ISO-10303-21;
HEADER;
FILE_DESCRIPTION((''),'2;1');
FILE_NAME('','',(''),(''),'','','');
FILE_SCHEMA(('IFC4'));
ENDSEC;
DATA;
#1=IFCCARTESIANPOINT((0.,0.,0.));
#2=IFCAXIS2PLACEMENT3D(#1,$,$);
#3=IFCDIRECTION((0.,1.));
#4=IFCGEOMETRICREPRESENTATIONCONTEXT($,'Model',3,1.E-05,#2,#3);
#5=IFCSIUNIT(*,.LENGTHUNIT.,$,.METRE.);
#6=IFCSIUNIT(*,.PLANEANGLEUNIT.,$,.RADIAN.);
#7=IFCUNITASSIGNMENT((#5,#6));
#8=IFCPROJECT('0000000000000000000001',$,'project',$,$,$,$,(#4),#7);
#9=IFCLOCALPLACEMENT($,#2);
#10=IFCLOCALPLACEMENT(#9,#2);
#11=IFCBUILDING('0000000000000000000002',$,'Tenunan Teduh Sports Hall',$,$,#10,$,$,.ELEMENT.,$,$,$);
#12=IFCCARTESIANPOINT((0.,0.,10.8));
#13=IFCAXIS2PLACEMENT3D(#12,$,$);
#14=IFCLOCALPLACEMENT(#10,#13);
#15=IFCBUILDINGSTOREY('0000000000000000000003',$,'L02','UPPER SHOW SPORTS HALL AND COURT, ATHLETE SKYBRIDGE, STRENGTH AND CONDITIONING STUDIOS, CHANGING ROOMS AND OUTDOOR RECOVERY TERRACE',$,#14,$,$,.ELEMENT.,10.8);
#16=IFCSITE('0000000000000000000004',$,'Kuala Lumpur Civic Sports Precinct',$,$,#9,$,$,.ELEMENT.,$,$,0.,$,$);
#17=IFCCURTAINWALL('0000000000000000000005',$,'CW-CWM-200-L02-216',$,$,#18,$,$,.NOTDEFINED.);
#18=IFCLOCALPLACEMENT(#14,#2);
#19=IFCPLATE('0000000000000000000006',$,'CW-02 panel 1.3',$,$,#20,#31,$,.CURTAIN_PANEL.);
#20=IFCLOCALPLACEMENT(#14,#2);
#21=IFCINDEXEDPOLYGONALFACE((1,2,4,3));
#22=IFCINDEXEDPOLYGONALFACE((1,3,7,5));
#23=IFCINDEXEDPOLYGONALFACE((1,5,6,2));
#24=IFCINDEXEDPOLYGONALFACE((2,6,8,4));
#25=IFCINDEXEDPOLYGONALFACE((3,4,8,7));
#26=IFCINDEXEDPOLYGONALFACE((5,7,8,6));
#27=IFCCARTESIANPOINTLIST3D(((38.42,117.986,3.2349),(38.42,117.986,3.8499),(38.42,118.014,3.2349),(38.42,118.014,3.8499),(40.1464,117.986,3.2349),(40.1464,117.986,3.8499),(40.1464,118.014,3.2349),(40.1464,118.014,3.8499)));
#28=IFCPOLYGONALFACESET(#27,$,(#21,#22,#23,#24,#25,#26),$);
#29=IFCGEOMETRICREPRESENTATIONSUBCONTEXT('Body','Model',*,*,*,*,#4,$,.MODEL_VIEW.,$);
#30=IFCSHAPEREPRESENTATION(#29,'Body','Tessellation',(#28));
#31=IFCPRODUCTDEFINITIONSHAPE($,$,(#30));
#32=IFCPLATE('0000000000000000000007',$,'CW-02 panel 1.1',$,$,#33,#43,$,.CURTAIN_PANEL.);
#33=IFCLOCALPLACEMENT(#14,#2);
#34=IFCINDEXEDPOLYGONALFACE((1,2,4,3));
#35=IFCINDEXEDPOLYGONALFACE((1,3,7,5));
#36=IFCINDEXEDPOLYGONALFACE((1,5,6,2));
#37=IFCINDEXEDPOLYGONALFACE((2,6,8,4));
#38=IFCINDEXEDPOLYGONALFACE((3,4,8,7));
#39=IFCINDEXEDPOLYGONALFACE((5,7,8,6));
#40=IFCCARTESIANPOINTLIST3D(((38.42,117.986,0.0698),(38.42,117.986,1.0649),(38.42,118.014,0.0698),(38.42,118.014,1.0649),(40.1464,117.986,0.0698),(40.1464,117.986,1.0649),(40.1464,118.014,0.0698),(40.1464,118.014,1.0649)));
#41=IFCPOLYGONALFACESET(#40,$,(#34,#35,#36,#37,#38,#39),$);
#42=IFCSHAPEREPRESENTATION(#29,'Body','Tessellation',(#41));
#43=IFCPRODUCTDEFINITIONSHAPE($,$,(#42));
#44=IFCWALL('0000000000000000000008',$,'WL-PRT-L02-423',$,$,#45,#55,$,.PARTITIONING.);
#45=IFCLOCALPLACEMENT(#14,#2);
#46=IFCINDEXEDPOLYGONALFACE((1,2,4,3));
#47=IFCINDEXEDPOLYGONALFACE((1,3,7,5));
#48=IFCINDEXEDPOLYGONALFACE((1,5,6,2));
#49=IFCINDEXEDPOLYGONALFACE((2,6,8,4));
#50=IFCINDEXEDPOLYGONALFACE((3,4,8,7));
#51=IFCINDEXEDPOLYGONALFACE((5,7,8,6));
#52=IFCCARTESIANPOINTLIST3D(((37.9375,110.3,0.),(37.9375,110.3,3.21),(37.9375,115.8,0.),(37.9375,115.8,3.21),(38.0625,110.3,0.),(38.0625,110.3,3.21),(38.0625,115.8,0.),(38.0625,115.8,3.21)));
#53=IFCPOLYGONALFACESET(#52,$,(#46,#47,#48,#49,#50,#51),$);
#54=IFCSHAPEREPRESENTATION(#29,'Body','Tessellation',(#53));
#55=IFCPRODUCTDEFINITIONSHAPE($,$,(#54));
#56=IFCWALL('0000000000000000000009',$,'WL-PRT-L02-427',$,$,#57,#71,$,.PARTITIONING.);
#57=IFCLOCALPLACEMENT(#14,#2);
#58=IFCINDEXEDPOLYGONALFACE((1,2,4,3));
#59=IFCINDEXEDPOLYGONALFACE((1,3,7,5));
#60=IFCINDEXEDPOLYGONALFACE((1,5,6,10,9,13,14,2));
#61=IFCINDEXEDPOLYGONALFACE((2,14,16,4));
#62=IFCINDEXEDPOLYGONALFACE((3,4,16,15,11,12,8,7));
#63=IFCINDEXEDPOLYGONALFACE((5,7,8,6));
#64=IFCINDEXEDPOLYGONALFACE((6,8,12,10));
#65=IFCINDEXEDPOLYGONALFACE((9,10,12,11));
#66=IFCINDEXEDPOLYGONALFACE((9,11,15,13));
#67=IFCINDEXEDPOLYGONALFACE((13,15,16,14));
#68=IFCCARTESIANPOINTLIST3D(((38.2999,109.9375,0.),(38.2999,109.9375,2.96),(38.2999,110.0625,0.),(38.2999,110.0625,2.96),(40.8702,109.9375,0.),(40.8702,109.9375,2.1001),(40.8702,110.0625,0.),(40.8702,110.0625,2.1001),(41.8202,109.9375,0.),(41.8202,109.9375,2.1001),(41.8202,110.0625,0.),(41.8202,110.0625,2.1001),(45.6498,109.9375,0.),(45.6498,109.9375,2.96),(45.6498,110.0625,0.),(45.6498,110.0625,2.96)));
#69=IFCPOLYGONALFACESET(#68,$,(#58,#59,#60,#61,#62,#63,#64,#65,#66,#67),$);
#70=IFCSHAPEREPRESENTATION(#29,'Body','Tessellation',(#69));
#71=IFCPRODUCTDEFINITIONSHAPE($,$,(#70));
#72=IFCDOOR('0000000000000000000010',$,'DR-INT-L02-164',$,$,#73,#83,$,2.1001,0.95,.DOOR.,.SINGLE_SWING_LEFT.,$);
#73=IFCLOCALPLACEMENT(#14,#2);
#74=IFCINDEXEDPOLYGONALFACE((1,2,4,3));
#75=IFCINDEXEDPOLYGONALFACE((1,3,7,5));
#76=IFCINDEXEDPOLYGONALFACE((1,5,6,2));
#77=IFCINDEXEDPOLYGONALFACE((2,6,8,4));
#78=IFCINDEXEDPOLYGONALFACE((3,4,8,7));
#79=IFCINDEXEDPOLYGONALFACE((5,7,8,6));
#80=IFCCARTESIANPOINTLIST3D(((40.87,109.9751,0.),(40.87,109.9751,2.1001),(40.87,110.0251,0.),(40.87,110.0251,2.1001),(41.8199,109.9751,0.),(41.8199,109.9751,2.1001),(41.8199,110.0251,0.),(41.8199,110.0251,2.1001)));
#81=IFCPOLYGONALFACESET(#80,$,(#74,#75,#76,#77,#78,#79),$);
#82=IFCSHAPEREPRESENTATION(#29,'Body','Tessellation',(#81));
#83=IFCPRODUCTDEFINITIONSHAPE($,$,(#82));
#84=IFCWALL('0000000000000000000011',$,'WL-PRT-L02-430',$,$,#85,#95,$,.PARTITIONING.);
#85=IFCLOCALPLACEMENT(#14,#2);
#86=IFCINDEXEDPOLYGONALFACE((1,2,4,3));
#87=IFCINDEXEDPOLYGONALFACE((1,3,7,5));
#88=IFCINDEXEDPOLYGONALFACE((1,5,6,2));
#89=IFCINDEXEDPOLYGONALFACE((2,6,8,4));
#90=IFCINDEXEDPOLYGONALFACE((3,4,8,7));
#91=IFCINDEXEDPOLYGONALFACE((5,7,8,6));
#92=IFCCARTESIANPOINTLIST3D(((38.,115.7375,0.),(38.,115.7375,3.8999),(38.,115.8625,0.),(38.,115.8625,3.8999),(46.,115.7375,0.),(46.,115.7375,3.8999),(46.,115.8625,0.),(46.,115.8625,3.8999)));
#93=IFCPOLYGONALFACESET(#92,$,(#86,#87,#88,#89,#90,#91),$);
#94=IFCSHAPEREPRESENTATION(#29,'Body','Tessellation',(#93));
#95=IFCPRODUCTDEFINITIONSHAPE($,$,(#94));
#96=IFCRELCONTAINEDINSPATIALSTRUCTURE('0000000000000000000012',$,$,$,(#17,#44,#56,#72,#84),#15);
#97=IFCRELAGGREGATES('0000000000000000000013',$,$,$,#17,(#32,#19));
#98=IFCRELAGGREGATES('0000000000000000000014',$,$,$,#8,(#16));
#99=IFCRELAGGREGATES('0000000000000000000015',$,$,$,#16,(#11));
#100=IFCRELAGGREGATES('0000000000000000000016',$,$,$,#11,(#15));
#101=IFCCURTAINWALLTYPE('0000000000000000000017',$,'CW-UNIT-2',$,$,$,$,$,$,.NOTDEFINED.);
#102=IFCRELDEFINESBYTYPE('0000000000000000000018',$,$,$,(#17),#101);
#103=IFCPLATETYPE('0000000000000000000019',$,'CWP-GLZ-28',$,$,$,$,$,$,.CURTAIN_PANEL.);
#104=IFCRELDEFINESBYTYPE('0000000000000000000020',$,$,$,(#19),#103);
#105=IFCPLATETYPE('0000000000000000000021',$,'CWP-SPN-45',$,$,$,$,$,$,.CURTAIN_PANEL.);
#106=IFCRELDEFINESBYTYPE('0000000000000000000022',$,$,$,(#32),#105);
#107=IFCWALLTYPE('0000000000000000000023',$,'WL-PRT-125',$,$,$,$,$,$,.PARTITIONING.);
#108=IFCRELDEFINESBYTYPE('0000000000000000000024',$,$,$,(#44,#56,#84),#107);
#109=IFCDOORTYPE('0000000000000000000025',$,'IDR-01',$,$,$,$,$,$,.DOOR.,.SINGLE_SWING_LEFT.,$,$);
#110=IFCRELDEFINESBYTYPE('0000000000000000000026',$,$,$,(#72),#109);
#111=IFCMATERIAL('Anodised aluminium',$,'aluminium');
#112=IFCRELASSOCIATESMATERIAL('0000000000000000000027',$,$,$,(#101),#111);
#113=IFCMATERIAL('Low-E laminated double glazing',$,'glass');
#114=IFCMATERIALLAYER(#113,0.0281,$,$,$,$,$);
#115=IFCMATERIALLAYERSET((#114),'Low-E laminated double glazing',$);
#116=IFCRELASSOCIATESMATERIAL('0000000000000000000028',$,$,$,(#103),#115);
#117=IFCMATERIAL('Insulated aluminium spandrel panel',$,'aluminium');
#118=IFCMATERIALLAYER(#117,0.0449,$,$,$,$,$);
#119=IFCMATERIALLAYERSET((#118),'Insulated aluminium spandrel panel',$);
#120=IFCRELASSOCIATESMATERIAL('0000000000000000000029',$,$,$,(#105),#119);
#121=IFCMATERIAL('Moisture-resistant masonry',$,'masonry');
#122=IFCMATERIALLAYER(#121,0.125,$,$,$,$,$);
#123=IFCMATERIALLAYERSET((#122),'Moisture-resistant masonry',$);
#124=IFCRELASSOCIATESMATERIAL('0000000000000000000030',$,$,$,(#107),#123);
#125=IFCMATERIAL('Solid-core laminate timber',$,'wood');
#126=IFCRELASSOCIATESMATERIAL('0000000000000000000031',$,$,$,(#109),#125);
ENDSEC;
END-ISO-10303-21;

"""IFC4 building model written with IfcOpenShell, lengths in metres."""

from ifc_helpers import new_model, si_unit, direction, frame, frame_2d, origin, origin_2d, place, context, subcontext, project, spatial, rectangle, extrude, material, layer, layer_set, type_object, element, fill, aggregate, save


model = new_model("IFC4")

# Units and contexts
model_context = context("Model", 3, precision=1e-05, world=origin(), true_north=direction((0.0, 1.0)))
body_context = subcontext(model_context, "Body", "Model", "MODEL_VIEW")
ifc_project = project(units=[si_unit("LENGTHUNIT", "METRE"), si_unit("PLANEANGLEUNIT", "RADIAN")], contexts=[model_context])

# Site, building, storey
site_placement = place(None, origin())
site = spatial("IfcSite", under=ifc_project, at=site_placement, Name="Kuala Lumpur Civic Sports Precinct", CompositionType="ELEMENT", RefElevation=0.0)
building_placement = place(site_placement, origin())
building = spatial("IfcBuilding", under=site, at=building_placement, Name="Tenunan Teduh Sports Hall", CompositionType="ELEMENT")
storey_placement = place(building_placement, frame((0.0, 0.0, 10.8)))
storey = spatial("IfcBuildingStorey", under=building, at=storey_placement, Name="L02", Description="UPPER SHOW SPORTS HALL AND COURT, ATHLETE SKYBRIDGE, STRENGTH AND CONDITIONING STUDIOS, CHANGING ROOMS AND OUTDOOR RECOVERY TERRACE", CompositionType="ELEMENT", Elevation=10.8)

# Curtain wall
ifc_material_1 = material(Name="Anodised aluminium", Category="aluminium")
curtain_wall_type = type_object("IfcCurtainWallType", Name="CW-UNIT-2", PredefinedType="NOTDEFINED", material=ifc_material_1)
curtain_wall_placement = place(storey_placement, origin())
curtain_wall = element("IfcCurtainWall", 1, at=curtain_wall_placement, inside=storey, type_object=curtain_wall_type, Name="CW-CWM-200-L02-216", PredefinedType="NOTDEFINED")

# Plates
ifc_material_2 = material(Name="Low-E laminated double glazing", Category="glass")
ifc_layer_1 = layer(ifc_material_2, 0.0281)
ifc_layer_set_1 = layer_set([ifc_layer_1], Name="Low-E laminated double glazing")
plate_type_1 = type_object("IfcPlateType", Name="CWP-GLZ-28", PredefinedType="CURTAIN_PANEL", material=ifc_layer_set_1)
plate_1_placement = place(storey_placement, frame((39.2832, 118.0, 3.2349), z_axis=(0.0, 0.0, 1.0), x_axis=(1.0, 0.0, 0.0)))
plate_1 = element("IfcPlate", 2, at=plate_1_placement, type_object=plate_type_1, Name="CW-02 panel 1.3", PredefinedType="CURTAIN_PANEL", context=body_context, shape_type="SweptSolid", body=[
    extrude(rectangle(XDim=1.7263, YDim=0.0281, at=origin_2d()), origin(), (0.0, 0.0, 1.0), 0.615),
])
ifc_material_3 = material(Name="Insulated aluminium spandrel panel", Category="aluminium")
ifc_layer_2 = layer(ifc_material_3, 0.0449)
ifc_layer_set_2 = layer_set([ifc_layer_2], Name="Insulated aluminium spandrel panel")
plate_type_2 = type_object("IfcPlateType", Name="CWP-SPN-45", PredefinedType="CURTAIN_PANEL", material=ifc_layer_set_2)
plate_2_placement = place(storey_placement, frame((39.2832, 118.0, 0.0698), z_axis=(0.0, 0.0, 1.0), x_axis=(1.0, 0.0, 0.0)))
plate_2 = element("IfcPlate", 3, at=plate_2_placement, type_object=plate_type_2, Name="CW-02 panel 1.1", PredefinedType="CURTAIN_PANEL", context=body_context, shape_type="SweptSolid", body=[
    extrude(rectangle(XDim=1.7263, YDim=0.0281, at=origin_2d()), origin(), (0.0, 0.0, 1.0), 0.9951),
])
aggregate(curtain_wall, [plate_2, plate_1])

# Wall
ifc_material_4 = material(Name="Moisture-resistant masonry", Category="masonry")
ifc_layer_3 = layer(ifc_material_4, 0.125)
ifc_layer_set_3 = layer_set([ifc_layer_3], Name="Moisture-resistant masonry")
wall_type = type_object("IfcWallType", Name="WL-PRT-125", PredefinedType="PARTITIONING", material=ifc_layer_set_3)
wall_1_placement = place(storey_placement, frame((38.0, 110.3, 0.0), z_axis=(0.0, 0.0, 1.0), x_axis=(0.0, 1.0, 0.0)))
element("IfcWall", 4, at=wall_1_placement, inside=storey, type_object=wall_type, Name="WL-PRT-L02-423", PredefinedType="PARTITIONING", context=body_context, shape_type="SweptSolid", body=[
    extrude(rectangle(XDim=5.5, YDim=0.125, at=frame_2d((2.75, 0.0))), origin(), (0.0, 0.0, 1.0), 3.21),
])

# Wall, opening, door
wall_2_placement = place(storey_placement, frame((38.3, 110.0, 0.0), z_axis=(0.0, 0.0, 1.0), x_axis=(1.0, 0.0, 0.0)))
wall_2 = element("IfcWall", 5, at=wall_2_placement, inside=storey, type_object=wall_type, Name="WL-PRT-L02-427", PredefinedType="PARTITIONING", context=body_context, shape_type="SweptSolid", body=[
    extrude(rectangle(XDim=7.3499, YDim=0.125, at=frame_2d((3.6748, 0.0))), origin(), (0.0, 0.0, 1.0), 2.96),
])
opening_placement = place(wall_2_placement, frame((2.5701, 0.0, 0.0)))
opening = element("IfcOpeningElement", 6, at=opening_placement, cuts=wall_2, PredefinedType="OPENING", context=body_context, shape_type="SweptSolid", body=[
    extrude(rectangle(XDim=0.95, YDim=2.1001, at=frame_2d((0.4751, 1.05))), frame((0.0, 0.0725, 0.0), z_axis=(0.0, -1.0, 0.0), x_axis=(1.0, 0.0, 0.0)), (0.0, 0.0, 1.0), 0.145),
])
ifc_material_5 = material(Name="Solid-core laminate timber", Category="wood")
door_type = type_object("IfcDoorType", Name="IDR-01", OperationType="SINGLE_SWING_LEFT", PredefinedType="DOOR", material=ifc_material_5)
door_placement = place(opening_placement, frame((0.95, 0.0, 0.0), z_axis=(0.0, 0.0, 1.0), x_axis=(-1.0, 0.0, 0.0)))
door = element("IfcDoor", 7, at=door_placement, inside=storey, type_object=door_type, Name="DR-INT-L02-164", OperationType="SINGLE_SWING_LEFT", OverallHeight=2.1001, OverallWidth=0.95, PredefinedType="DOOR", context=body_context, shape_type="SweptSolid", body=[
    extrude(rectangle(XDim=0.95, YDim=2.1001, at=frame_2d((0.4751, 1.05))), frame((0.0, 0.0249, 0.0), z_axis=(0.0, -1.0, 0.0), x_axis=(1.0, 0.0, 0.0)), (0.0, 0.0, 1.0), 0.05),
])
fill(opening, door)

# Wall
wall_3_placement = place(storey_placement, frame((38.0, 115.8, 0.0), z_axis=(0.0, 0.0, 1.0), x_axis=(1.0, 0.0, 0.0)))
element("IfcWall", 8, at=wall_3_placement, inside=storey, type_object=wall_type, Name="WL-PRT-L02-430", PredefinedType="PARTITIONING", context=body_context, shape_type="SweptSolid", body=[
    extrude(rectangle(XDim=8.0, YDim=0.125, at=frame_2d((4.0, 0.0))), origin(), (0.0, 0.0, 1.0), 3.8999),
])

save(model, "model.ifc")
